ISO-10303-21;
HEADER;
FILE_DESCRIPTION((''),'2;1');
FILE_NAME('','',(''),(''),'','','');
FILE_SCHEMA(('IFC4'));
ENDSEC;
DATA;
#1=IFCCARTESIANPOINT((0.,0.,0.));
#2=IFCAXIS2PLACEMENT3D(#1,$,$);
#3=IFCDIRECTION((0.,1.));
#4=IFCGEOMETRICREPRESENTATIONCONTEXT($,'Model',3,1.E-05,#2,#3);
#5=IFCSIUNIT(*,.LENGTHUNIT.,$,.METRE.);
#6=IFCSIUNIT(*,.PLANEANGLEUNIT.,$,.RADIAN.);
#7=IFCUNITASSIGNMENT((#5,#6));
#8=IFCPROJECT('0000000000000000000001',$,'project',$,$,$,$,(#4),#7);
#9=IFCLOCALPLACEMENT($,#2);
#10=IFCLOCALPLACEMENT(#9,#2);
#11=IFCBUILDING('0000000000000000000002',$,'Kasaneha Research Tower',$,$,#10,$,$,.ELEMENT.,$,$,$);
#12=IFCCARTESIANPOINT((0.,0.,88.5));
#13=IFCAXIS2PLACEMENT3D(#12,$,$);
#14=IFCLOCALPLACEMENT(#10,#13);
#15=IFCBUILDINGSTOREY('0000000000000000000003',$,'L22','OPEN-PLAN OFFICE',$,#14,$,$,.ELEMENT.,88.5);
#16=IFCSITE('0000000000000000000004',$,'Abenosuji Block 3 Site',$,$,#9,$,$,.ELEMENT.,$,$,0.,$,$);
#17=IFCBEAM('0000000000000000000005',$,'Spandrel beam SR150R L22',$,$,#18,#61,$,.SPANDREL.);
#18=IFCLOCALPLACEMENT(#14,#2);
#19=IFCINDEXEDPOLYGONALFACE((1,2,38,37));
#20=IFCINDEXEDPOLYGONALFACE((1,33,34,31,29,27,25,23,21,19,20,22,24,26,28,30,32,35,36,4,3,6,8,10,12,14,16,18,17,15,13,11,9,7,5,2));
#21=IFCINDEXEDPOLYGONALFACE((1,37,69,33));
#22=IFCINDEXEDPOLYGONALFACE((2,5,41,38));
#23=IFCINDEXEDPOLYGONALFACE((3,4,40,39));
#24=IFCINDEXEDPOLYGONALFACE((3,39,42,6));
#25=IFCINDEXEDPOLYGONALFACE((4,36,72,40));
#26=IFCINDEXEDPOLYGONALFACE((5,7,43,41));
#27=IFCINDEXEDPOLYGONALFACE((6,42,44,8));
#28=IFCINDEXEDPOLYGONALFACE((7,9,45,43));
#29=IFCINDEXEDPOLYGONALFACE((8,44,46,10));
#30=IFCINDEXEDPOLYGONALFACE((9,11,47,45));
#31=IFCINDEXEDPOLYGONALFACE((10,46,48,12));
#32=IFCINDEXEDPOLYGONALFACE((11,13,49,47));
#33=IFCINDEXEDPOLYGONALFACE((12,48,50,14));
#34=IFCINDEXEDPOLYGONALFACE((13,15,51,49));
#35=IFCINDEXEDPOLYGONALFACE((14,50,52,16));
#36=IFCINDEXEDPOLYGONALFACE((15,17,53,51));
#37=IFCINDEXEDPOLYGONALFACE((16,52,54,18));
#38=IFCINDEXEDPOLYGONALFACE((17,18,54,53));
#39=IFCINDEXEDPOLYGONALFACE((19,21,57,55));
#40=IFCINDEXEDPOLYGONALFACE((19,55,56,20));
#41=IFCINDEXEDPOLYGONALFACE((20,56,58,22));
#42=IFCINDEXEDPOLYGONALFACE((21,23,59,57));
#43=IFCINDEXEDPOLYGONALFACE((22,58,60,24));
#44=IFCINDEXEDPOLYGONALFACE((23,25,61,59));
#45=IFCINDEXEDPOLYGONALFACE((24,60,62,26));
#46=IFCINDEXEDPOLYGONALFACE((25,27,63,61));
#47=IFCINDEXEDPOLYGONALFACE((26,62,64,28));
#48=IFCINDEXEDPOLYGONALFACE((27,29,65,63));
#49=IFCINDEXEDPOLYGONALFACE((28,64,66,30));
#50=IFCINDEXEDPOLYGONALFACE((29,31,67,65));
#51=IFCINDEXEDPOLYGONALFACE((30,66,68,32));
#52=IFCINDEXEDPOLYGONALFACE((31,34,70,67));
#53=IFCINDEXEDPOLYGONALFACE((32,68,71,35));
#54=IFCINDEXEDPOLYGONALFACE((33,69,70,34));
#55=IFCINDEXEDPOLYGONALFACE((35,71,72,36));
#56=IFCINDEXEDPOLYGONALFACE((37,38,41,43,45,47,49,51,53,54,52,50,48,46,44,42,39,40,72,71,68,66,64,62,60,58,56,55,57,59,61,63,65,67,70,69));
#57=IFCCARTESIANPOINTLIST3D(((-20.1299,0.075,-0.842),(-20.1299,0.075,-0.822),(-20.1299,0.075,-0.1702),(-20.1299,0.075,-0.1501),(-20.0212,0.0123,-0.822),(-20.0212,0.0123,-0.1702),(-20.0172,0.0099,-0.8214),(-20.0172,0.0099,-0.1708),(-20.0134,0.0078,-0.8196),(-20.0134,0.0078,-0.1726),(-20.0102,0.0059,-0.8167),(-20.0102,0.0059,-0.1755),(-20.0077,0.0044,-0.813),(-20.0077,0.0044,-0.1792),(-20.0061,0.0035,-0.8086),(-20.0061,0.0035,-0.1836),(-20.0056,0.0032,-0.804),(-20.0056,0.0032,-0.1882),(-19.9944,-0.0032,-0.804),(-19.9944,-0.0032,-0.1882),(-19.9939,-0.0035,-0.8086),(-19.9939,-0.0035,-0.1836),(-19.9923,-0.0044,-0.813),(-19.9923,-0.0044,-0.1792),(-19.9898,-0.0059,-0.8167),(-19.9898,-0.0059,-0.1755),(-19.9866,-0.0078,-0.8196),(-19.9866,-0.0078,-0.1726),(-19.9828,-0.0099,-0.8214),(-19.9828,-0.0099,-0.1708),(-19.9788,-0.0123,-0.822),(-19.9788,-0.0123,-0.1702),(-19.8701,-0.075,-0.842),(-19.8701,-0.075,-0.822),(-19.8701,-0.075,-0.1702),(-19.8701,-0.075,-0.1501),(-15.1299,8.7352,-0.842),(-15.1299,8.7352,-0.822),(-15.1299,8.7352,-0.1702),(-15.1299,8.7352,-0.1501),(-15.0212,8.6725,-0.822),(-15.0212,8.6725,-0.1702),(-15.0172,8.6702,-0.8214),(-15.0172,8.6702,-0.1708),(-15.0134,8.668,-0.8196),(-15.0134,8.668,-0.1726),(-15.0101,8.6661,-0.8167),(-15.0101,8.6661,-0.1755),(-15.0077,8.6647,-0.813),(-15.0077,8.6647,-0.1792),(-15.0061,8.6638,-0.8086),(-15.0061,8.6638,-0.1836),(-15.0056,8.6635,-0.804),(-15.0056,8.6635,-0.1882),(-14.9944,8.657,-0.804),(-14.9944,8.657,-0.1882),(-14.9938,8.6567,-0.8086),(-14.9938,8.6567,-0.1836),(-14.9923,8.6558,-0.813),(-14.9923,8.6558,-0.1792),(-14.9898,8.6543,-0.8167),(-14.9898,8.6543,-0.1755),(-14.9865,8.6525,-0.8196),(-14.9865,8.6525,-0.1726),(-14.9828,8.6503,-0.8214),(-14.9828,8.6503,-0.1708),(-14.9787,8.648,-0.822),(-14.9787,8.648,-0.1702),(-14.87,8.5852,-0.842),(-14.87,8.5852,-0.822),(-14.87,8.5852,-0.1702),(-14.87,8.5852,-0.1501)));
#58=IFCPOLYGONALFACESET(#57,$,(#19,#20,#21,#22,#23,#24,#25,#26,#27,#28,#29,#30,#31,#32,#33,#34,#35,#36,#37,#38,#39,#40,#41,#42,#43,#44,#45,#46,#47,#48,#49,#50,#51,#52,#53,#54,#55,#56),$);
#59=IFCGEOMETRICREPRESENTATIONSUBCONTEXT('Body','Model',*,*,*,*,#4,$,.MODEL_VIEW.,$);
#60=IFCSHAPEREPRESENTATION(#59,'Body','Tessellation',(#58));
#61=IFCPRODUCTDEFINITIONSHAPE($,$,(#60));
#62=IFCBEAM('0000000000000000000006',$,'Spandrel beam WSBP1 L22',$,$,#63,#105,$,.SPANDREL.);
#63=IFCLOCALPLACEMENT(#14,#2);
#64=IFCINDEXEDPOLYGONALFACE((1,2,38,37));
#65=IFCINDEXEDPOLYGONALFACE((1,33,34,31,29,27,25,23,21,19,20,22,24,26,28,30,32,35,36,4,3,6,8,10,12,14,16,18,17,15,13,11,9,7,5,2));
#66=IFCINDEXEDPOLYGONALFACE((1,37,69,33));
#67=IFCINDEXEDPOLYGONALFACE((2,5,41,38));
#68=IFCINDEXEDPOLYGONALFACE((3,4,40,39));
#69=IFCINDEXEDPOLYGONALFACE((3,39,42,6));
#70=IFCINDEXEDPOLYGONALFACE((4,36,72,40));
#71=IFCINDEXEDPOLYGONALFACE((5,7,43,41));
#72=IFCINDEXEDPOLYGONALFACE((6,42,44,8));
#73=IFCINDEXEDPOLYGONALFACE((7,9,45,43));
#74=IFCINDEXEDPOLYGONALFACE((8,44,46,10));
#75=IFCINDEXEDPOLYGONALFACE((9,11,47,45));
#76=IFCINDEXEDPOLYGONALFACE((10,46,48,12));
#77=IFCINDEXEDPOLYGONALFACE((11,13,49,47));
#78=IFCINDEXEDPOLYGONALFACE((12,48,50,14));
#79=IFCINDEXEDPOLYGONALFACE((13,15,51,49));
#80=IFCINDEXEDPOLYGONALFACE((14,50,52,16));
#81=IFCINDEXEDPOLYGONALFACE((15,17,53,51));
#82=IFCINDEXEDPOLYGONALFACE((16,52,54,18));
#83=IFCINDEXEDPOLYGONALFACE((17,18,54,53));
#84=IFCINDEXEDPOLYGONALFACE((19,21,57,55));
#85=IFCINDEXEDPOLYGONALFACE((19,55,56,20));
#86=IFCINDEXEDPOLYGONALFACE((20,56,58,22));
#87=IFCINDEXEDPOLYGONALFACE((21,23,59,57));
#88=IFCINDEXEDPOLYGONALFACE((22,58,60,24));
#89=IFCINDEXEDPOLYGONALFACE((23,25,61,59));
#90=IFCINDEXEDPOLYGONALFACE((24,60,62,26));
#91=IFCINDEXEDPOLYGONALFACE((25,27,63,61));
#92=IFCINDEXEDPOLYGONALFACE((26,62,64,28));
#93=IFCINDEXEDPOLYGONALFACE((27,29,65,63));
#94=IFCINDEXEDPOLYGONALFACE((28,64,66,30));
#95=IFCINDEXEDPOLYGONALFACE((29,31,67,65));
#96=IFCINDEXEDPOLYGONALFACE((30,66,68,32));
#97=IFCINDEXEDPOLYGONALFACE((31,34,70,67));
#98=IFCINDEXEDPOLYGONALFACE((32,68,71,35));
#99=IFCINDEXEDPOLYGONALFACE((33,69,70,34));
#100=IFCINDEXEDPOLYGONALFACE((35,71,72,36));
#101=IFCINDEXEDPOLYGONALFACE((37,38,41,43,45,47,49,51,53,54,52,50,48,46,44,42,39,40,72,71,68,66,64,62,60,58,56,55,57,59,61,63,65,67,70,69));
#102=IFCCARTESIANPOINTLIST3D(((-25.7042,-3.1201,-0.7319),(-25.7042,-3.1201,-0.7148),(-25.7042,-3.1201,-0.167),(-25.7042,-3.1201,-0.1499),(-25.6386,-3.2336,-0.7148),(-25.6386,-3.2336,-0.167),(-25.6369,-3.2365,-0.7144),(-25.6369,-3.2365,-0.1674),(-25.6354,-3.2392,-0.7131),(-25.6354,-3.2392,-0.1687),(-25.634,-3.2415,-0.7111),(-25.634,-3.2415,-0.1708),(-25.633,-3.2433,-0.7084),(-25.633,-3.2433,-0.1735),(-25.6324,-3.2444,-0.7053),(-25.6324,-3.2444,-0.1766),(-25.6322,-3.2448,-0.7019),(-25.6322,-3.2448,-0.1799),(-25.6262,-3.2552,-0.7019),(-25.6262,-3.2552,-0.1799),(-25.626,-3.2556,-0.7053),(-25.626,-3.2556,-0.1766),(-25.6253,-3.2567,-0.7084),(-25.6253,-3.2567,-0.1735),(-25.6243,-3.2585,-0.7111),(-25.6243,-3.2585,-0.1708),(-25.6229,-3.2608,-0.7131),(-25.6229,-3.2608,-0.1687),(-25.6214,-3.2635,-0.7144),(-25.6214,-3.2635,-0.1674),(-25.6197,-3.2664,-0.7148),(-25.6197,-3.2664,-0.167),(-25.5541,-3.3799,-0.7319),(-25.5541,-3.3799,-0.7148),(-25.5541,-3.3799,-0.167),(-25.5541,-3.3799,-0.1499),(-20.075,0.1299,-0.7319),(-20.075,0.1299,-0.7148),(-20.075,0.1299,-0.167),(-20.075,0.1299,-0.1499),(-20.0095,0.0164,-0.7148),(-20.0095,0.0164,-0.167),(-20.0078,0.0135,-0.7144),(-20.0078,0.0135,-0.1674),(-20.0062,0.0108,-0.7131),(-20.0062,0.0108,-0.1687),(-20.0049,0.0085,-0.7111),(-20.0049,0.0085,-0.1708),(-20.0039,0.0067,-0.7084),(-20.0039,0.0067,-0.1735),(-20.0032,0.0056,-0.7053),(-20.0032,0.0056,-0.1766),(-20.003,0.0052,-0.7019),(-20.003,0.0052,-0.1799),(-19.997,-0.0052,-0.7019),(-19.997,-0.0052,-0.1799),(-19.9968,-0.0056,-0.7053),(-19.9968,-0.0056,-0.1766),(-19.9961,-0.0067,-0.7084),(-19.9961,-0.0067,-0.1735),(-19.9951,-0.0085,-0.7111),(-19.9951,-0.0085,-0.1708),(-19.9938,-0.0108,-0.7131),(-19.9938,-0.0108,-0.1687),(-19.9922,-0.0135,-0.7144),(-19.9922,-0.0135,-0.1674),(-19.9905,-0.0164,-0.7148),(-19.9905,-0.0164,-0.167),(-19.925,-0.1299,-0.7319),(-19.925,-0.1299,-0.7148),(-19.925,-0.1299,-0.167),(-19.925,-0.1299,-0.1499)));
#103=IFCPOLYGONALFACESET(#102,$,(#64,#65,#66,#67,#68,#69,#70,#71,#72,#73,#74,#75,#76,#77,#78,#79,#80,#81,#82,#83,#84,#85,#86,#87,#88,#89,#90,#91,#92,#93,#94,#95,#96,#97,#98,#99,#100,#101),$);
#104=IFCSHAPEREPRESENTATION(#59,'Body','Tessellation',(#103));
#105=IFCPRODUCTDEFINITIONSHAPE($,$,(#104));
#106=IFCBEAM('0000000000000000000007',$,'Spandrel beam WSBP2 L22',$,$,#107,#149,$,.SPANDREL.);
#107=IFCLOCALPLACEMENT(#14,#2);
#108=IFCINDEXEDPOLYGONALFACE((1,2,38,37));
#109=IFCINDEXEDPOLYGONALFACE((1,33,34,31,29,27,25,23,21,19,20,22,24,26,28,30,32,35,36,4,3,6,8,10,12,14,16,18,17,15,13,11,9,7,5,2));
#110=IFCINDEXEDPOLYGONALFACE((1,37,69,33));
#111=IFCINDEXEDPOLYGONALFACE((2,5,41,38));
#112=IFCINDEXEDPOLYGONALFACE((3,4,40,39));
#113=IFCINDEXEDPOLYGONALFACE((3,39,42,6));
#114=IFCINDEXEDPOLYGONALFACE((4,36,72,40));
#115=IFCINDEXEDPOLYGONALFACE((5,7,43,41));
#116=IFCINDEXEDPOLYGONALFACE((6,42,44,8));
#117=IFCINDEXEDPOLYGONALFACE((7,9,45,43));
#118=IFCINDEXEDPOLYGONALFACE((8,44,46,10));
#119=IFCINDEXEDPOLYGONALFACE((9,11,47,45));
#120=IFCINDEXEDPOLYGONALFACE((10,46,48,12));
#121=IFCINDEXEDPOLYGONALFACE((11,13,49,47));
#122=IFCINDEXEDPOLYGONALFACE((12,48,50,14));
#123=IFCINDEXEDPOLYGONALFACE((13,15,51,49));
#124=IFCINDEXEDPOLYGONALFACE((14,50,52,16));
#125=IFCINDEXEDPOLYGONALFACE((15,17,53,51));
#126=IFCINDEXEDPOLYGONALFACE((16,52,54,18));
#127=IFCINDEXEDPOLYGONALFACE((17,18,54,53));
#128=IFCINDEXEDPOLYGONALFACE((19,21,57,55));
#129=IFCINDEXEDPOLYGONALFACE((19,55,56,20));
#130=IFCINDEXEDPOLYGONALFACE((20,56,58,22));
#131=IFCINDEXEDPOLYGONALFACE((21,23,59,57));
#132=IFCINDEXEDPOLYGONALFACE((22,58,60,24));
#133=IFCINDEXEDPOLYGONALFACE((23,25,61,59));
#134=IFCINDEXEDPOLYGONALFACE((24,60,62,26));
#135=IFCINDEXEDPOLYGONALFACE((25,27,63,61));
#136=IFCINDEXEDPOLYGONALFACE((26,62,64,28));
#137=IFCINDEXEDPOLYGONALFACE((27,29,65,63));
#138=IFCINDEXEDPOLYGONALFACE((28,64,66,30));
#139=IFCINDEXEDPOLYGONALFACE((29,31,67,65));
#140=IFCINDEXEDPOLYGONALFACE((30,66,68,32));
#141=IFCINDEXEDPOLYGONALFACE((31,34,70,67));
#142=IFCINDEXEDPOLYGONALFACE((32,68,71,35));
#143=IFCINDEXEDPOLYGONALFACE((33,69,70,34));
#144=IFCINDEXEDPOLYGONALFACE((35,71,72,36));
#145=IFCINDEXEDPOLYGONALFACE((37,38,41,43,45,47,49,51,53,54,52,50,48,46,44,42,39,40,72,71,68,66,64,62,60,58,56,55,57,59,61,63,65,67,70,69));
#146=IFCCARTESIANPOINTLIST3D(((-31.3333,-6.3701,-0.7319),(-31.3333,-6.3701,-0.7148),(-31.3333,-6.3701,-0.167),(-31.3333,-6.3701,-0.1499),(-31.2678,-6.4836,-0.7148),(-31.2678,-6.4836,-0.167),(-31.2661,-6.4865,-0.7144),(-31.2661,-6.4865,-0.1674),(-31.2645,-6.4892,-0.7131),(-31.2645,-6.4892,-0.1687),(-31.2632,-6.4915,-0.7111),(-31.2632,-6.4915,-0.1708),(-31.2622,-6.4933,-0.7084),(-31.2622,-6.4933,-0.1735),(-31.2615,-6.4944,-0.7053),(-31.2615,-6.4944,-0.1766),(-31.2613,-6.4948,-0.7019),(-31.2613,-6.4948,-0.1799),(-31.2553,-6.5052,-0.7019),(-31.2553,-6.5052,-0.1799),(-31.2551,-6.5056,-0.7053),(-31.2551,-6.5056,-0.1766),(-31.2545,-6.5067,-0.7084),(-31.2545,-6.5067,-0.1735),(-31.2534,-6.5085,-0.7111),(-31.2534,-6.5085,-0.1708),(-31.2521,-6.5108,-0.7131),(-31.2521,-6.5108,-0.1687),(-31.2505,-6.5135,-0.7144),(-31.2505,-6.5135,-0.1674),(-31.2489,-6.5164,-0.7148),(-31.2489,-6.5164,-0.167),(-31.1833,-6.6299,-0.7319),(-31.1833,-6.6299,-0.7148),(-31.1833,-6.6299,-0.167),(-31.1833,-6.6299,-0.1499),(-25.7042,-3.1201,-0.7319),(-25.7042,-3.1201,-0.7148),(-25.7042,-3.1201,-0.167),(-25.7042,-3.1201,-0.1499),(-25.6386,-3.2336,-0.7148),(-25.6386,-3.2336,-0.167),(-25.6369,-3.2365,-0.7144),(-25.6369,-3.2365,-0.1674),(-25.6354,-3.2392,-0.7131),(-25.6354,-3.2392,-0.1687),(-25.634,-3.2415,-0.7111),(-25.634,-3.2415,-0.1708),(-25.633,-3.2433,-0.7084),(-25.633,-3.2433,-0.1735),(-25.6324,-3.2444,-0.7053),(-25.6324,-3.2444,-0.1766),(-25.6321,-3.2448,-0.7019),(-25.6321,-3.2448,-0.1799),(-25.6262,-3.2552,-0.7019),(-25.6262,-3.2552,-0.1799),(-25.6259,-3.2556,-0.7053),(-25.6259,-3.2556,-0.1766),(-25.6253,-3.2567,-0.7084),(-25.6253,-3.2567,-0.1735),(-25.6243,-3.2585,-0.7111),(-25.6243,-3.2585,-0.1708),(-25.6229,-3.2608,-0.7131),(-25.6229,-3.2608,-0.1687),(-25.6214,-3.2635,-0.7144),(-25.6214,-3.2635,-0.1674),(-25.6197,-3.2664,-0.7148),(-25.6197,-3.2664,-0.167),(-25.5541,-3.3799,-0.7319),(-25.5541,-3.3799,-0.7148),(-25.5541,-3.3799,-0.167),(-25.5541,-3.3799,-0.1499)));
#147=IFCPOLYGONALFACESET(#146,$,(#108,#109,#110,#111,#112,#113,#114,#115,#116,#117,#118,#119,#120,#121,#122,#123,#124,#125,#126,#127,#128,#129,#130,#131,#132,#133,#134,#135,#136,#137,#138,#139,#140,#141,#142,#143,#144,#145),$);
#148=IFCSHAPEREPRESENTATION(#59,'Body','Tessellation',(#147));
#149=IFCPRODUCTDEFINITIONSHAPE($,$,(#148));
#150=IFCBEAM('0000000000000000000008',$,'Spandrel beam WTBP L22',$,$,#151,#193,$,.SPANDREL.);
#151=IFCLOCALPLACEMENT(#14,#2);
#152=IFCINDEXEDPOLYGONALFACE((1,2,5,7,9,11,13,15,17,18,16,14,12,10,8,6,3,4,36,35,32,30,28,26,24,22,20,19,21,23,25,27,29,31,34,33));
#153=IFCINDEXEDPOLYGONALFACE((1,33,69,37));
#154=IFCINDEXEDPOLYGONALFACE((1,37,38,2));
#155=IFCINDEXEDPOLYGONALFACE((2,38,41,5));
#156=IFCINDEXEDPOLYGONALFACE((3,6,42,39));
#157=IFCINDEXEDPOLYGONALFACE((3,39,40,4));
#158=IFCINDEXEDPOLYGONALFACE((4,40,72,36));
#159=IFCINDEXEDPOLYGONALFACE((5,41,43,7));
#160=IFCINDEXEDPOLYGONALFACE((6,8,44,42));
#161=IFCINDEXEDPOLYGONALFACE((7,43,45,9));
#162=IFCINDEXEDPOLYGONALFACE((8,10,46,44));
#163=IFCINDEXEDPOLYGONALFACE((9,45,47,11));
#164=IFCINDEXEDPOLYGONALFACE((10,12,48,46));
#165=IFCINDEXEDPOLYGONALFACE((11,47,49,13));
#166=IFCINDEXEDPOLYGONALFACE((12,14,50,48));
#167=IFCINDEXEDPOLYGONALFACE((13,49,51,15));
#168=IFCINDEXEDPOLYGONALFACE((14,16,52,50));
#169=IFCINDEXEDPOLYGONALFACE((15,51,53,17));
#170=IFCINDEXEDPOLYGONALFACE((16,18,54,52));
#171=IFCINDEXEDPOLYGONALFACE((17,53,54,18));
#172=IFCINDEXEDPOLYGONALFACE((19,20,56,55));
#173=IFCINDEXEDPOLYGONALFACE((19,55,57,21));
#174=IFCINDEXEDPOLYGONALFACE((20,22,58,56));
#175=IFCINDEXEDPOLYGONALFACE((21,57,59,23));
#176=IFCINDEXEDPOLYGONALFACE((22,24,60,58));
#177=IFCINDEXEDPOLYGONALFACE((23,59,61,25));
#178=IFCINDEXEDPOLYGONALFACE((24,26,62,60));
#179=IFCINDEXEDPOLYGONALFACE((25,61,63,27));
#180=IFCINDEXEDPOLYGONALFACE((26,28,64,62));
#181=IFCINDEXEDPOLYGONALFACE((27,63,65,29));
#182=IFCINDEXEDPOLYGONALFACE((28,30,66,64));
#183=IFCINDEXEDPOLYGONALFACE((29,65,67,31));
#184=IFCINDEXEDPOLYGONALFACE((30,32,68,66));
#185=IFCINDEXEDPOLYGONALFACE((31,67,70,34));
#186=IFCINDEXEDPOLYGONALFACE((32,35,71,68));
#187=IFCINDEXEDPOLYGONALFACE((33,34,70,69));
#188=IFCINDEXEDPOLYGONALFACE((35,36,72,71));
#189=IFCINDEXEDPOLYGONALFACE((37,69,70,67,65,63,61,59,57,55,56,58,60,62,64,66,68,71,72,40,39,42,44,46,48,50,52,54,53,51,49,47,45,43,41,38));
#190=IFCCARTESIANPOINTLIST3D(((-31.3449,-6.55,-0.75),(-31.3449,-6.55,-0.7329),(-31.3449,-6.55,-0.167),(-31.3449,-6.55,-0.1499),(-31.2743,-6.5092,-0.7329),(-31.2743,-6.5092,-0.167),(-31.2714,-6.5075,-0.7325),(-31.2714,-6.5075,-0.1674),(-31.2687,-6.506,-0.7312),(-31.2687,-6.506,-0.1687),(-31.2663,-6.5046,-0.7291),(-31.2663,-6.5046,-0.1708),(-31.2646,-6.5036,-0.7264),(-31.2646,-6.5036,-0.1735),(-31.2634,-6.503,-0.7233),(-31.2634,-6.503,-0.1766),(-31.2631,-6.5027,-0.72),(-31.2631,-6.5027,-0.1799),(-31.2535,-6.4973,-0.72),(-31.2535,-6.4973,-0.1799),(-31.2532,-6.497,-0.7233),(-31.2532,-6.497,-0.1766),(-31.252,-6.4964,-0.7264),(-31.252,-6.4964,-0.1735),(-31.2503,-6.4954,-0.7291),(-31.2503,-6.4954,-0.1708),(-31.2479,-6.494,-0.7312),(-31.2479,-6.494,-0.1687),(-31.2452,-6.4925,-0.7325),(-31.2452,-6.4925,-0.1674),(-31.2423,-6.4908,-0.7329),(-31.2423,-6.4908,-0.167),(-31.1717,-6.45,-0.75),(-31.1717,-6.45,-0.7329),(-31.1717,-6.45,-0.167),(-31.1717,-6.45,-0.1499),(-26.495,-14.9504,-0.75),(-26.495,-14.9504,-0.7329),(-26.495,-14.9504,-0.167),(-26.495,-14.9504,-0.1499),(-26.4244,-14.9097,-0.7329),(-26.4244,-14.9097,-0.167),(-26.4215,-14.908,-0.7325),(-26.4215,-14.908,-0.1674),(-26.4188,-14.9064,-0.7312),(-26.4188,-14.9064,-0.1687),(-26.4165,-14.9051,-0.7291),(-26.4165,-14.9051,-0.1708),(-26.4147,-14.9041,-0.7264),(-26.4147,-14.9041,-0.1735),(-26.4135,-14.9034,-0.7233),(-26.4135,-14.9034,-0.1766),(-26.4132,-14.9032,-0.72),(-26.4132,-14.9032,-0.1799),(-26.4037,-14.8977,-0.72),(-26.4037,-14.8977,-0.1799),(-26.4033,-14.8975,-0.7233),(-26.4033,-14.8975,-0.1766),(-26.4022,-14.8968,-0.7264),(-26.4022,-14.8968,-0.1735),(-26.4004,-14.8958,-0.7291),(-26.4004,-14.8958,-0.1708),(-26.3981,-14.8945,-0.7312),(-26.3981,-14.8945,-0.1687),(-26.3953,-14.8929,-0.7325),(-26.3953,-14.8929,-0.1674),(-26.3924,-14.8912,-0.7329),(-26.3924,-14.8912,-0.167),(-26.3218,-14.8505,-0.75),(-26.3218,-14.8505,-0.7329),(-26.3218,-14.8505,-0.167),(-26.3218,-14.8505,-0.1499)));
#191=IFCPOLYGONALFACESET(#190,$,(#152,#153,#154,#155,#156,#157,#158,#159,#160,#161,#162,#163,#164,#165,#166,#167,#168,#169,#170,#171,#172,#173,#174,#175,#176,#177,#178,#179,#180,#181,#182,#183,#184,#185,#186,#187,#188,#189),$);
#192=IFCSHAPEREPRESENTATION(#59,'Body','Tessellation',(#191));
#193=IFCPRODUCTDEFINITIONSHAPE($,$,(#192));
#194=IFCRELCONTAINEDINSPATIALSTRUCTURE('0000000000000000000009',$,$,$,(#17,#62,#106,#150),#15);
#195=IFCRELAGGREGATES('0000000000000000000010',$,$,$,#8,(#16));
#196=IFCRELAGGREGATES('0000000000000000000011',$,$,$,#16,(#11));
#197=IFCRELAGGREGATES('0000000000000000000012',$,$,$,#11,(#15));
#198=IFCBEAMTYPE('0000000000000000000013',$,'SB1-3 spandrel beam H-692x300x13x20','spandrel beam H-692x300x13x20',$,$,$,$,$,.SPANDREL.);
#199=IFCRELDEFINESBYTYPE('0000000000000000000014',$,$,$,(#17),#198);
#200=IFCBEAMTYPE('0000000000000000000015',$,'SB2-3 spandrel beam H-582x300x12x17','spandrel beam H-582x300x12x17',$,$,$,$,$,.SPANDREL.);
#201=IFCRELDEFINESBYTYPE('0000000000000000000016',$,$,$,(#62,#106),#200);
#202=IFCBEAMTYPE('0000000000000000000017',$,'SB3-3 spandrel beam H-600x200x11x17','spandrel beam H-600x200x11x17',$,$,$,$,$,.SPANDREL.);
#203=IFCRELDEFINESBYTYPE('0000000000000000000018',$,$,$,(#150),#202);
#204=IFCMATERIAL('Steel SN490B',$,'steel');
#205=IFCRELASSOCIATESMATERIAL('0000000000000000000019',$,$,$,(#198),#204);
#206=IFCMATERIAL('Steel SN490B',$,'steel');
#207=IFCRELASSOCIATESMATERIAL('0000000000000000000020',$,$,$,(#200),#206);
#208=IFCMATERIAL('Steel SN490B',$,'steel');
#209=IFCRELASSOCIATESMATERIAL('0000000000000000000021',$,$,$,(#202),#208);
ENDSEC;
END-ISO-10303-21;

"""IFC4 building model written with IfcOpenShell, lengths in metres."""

from ifc_helpers import new_model, si_unit, direction, frame, origin, origin_2d, place, context, subcontext, project, spatial, i_section, extrude, material, material_profile, profile_set, type_object, element, save


model = new_model("IFC4")

# Units and contexts
model_context = context("Model", 3, precision=1e-05, world=origin(), true_north=direction((0.0, 1.0)))
body_context = subcontext(model_context, "Body", "Model", "MODEL_VIEW")
ifc_project = project(units=[si_unit("LENGTHUNIT", "METRE"), si_unit("PLANEANGLEUNIT", "RADIAN")], contexts=[model_context])

# Site, building, storey
site_placement = place(None, origin())
site = spatial("IfcSite", under=ifc_project, at=site_placement, Name="Abenosuji Block 3 Site", CompositionType="ELEMENT", RefElevation=0.0)
building_placement = place(site_placement, origin())
building = spatial("IfcBuilding", under=site, at=building_placement, Name="Kasaneha Research Tower", CompositionType="ELEMENT")
storey_placement = place(building_placement, frame((0.0, 0.0, 88.5)))
storey = spatial("IfcBuildingStorey", under=building, at=storey_placement, Name="L22", Description="OPEN-PLAN OFFICE", CompositionType="ELEMENT", Elevation=88.5)

# Beams
ifc_material_1 = material(Name="Steel SN490B", Category="steel")
ifc_material_profile_1 = material_profile(ifc_material_1, i_section(OverallWidth=0.3, OverallDepth=0.6919, WebThickness=0.0129, FlangeThickness=0.02, FilletRadius=0.0181, at=origin_2d()), Name="H-692x300x13x20")
ifc_profile_set_1 = profile_set([ifc_material_profile_1], Name="Steel SN490B")
beam_type_1 = type_object("IfcBeamType", Name="SB1-3 spandrel beam H-692x300x13x20", Description="spandrel beam H-692x300x13x20", PredefinedType="SPANDREL", material=ifc_profile_set_1)
beam_1_placement = place(storey_placement, frame((-20.0, 0.0, -0.4961), z_axis=(0.500004, 0.866023, 0.0), x_axis=(-0.866023, 0.500004, 0.0)))
element("IfcBeam", 1, at=beam_1_placement, inside=storey, type_object=beam_type_1, Name="Spandrel beam SR150R L22", PredefinedType="SPANDREL", context=body_context, shape_type="SweptSolid", body=[
    extrude(i_section(OverallWidth=0.3, OverallDepth=0.6919, WebThickness=0.0129, FlangeThickness=0.02, FilletRadius=0.0181, at=origin_2d()), origin(), (0.0, 0.0, 1.0), 10.0),
])
ifc_material_2 = material(Name="Steel SN490B", Category="steel")
ifc_material_profile_2 = material_profile(ifc_material_2, i_section(OverallWidth=0.3, OverallDepth=0.582, WebThickness=0.012, FlangeThickness=0.0171, FilletRadius=0.0129, at=origin_2d()), Name="H-582x300x12x17")
ifc_profile_set_2 = profile_set([ifc_material_profile_2], Name="Steel SN490B")
beam_type_2 = type_object("IfcBeamType", Name="SB2-3 spandrel beam H-582x300x12x17", Description="spandrel beam H-582x300x12x17", PredefinedType="SPANDREL", material=ifc_profile_set_2)
for number, where, z_axis, x_axis, name in (
    (2, (-20.0, 0.0, -0.4409), (-0.866025, -0.500001, 0.0), (0.500001, -0.866025, 0.0), "Spandrel beam WSBP1 L22"),
    (3, (-25.6292, -3.25, -0.4409), (-0.866025, -0.500001, 0.0), (0.500001, -0.866025, 0.0), "Spandrel beam WSBP2 L22"),
):
    element("IfcBeam", number, at=place(storey_placement, frame(where, z_axis=z_axis, x_axis=x_axis)), inside=storey, type_object=beam_type_2, Name=name, PredefinedType="SPANDREL", context=body_context, shape_type="SweptSolid", body=[
        extrude(i_section(OverallWidth=0.3, OverallDepth=0.582, WebThickness=0.012, FlangeThickness=0.0171, FilletRadius=0.0129, at=origin_2d()), origin(), (0.0, 0.0, 1.0), 6.5),
    ])
ifc_material_3 = material(Name="Steel SN490B", Category="steel")
ifc_material_profile_3 = material_profile(ifc_material_3, i_section(OverallWidth=0.2, OverallDepth=0.6001, WebThickness=0.011, FlangeThickness=0.0171, FilletRadius=0.0129, at=origin_2d()), Name="H-600x200x11x17")
ifc_profile_set_3 = profile_set([ifc_material_profile_3], Name="Steel SN490B")
beam_type_3 = type_object("IfcBeamType", Name="SB3-3 spandrel beam H-600x200x11x17", Description="spandrel beam H-600x200x11x17", PredefinedType="SPANDREL", material=ifc_profile_set_3)
beam_2_placement = place(storey_placement, frame((-31.2583, -6.5, -0.45), z_axis=(0.499991, -0.866031, 0.0), x_axis=(0.866031, 0.499991, 0.0)))
element("IfcBeam", 4, at=beam_2_placement, inside=storey, type_object=beam_type_3, Name="Spandrel beam WTBP L22", PredefinedType="SPANDREL", context=body_context, shape_type="SweptSolid", body=[
    extrude(i_section(OverallWidth=0.2, OverallDepth=0.6001, WebThickness=0.011, FlangeThickness=0.0171, FilletRadius=0.0129, at=origin_2d()), origin(), (0.0, 0.0, 1.0), 9.7),
])

save(model, "model.ifc")
